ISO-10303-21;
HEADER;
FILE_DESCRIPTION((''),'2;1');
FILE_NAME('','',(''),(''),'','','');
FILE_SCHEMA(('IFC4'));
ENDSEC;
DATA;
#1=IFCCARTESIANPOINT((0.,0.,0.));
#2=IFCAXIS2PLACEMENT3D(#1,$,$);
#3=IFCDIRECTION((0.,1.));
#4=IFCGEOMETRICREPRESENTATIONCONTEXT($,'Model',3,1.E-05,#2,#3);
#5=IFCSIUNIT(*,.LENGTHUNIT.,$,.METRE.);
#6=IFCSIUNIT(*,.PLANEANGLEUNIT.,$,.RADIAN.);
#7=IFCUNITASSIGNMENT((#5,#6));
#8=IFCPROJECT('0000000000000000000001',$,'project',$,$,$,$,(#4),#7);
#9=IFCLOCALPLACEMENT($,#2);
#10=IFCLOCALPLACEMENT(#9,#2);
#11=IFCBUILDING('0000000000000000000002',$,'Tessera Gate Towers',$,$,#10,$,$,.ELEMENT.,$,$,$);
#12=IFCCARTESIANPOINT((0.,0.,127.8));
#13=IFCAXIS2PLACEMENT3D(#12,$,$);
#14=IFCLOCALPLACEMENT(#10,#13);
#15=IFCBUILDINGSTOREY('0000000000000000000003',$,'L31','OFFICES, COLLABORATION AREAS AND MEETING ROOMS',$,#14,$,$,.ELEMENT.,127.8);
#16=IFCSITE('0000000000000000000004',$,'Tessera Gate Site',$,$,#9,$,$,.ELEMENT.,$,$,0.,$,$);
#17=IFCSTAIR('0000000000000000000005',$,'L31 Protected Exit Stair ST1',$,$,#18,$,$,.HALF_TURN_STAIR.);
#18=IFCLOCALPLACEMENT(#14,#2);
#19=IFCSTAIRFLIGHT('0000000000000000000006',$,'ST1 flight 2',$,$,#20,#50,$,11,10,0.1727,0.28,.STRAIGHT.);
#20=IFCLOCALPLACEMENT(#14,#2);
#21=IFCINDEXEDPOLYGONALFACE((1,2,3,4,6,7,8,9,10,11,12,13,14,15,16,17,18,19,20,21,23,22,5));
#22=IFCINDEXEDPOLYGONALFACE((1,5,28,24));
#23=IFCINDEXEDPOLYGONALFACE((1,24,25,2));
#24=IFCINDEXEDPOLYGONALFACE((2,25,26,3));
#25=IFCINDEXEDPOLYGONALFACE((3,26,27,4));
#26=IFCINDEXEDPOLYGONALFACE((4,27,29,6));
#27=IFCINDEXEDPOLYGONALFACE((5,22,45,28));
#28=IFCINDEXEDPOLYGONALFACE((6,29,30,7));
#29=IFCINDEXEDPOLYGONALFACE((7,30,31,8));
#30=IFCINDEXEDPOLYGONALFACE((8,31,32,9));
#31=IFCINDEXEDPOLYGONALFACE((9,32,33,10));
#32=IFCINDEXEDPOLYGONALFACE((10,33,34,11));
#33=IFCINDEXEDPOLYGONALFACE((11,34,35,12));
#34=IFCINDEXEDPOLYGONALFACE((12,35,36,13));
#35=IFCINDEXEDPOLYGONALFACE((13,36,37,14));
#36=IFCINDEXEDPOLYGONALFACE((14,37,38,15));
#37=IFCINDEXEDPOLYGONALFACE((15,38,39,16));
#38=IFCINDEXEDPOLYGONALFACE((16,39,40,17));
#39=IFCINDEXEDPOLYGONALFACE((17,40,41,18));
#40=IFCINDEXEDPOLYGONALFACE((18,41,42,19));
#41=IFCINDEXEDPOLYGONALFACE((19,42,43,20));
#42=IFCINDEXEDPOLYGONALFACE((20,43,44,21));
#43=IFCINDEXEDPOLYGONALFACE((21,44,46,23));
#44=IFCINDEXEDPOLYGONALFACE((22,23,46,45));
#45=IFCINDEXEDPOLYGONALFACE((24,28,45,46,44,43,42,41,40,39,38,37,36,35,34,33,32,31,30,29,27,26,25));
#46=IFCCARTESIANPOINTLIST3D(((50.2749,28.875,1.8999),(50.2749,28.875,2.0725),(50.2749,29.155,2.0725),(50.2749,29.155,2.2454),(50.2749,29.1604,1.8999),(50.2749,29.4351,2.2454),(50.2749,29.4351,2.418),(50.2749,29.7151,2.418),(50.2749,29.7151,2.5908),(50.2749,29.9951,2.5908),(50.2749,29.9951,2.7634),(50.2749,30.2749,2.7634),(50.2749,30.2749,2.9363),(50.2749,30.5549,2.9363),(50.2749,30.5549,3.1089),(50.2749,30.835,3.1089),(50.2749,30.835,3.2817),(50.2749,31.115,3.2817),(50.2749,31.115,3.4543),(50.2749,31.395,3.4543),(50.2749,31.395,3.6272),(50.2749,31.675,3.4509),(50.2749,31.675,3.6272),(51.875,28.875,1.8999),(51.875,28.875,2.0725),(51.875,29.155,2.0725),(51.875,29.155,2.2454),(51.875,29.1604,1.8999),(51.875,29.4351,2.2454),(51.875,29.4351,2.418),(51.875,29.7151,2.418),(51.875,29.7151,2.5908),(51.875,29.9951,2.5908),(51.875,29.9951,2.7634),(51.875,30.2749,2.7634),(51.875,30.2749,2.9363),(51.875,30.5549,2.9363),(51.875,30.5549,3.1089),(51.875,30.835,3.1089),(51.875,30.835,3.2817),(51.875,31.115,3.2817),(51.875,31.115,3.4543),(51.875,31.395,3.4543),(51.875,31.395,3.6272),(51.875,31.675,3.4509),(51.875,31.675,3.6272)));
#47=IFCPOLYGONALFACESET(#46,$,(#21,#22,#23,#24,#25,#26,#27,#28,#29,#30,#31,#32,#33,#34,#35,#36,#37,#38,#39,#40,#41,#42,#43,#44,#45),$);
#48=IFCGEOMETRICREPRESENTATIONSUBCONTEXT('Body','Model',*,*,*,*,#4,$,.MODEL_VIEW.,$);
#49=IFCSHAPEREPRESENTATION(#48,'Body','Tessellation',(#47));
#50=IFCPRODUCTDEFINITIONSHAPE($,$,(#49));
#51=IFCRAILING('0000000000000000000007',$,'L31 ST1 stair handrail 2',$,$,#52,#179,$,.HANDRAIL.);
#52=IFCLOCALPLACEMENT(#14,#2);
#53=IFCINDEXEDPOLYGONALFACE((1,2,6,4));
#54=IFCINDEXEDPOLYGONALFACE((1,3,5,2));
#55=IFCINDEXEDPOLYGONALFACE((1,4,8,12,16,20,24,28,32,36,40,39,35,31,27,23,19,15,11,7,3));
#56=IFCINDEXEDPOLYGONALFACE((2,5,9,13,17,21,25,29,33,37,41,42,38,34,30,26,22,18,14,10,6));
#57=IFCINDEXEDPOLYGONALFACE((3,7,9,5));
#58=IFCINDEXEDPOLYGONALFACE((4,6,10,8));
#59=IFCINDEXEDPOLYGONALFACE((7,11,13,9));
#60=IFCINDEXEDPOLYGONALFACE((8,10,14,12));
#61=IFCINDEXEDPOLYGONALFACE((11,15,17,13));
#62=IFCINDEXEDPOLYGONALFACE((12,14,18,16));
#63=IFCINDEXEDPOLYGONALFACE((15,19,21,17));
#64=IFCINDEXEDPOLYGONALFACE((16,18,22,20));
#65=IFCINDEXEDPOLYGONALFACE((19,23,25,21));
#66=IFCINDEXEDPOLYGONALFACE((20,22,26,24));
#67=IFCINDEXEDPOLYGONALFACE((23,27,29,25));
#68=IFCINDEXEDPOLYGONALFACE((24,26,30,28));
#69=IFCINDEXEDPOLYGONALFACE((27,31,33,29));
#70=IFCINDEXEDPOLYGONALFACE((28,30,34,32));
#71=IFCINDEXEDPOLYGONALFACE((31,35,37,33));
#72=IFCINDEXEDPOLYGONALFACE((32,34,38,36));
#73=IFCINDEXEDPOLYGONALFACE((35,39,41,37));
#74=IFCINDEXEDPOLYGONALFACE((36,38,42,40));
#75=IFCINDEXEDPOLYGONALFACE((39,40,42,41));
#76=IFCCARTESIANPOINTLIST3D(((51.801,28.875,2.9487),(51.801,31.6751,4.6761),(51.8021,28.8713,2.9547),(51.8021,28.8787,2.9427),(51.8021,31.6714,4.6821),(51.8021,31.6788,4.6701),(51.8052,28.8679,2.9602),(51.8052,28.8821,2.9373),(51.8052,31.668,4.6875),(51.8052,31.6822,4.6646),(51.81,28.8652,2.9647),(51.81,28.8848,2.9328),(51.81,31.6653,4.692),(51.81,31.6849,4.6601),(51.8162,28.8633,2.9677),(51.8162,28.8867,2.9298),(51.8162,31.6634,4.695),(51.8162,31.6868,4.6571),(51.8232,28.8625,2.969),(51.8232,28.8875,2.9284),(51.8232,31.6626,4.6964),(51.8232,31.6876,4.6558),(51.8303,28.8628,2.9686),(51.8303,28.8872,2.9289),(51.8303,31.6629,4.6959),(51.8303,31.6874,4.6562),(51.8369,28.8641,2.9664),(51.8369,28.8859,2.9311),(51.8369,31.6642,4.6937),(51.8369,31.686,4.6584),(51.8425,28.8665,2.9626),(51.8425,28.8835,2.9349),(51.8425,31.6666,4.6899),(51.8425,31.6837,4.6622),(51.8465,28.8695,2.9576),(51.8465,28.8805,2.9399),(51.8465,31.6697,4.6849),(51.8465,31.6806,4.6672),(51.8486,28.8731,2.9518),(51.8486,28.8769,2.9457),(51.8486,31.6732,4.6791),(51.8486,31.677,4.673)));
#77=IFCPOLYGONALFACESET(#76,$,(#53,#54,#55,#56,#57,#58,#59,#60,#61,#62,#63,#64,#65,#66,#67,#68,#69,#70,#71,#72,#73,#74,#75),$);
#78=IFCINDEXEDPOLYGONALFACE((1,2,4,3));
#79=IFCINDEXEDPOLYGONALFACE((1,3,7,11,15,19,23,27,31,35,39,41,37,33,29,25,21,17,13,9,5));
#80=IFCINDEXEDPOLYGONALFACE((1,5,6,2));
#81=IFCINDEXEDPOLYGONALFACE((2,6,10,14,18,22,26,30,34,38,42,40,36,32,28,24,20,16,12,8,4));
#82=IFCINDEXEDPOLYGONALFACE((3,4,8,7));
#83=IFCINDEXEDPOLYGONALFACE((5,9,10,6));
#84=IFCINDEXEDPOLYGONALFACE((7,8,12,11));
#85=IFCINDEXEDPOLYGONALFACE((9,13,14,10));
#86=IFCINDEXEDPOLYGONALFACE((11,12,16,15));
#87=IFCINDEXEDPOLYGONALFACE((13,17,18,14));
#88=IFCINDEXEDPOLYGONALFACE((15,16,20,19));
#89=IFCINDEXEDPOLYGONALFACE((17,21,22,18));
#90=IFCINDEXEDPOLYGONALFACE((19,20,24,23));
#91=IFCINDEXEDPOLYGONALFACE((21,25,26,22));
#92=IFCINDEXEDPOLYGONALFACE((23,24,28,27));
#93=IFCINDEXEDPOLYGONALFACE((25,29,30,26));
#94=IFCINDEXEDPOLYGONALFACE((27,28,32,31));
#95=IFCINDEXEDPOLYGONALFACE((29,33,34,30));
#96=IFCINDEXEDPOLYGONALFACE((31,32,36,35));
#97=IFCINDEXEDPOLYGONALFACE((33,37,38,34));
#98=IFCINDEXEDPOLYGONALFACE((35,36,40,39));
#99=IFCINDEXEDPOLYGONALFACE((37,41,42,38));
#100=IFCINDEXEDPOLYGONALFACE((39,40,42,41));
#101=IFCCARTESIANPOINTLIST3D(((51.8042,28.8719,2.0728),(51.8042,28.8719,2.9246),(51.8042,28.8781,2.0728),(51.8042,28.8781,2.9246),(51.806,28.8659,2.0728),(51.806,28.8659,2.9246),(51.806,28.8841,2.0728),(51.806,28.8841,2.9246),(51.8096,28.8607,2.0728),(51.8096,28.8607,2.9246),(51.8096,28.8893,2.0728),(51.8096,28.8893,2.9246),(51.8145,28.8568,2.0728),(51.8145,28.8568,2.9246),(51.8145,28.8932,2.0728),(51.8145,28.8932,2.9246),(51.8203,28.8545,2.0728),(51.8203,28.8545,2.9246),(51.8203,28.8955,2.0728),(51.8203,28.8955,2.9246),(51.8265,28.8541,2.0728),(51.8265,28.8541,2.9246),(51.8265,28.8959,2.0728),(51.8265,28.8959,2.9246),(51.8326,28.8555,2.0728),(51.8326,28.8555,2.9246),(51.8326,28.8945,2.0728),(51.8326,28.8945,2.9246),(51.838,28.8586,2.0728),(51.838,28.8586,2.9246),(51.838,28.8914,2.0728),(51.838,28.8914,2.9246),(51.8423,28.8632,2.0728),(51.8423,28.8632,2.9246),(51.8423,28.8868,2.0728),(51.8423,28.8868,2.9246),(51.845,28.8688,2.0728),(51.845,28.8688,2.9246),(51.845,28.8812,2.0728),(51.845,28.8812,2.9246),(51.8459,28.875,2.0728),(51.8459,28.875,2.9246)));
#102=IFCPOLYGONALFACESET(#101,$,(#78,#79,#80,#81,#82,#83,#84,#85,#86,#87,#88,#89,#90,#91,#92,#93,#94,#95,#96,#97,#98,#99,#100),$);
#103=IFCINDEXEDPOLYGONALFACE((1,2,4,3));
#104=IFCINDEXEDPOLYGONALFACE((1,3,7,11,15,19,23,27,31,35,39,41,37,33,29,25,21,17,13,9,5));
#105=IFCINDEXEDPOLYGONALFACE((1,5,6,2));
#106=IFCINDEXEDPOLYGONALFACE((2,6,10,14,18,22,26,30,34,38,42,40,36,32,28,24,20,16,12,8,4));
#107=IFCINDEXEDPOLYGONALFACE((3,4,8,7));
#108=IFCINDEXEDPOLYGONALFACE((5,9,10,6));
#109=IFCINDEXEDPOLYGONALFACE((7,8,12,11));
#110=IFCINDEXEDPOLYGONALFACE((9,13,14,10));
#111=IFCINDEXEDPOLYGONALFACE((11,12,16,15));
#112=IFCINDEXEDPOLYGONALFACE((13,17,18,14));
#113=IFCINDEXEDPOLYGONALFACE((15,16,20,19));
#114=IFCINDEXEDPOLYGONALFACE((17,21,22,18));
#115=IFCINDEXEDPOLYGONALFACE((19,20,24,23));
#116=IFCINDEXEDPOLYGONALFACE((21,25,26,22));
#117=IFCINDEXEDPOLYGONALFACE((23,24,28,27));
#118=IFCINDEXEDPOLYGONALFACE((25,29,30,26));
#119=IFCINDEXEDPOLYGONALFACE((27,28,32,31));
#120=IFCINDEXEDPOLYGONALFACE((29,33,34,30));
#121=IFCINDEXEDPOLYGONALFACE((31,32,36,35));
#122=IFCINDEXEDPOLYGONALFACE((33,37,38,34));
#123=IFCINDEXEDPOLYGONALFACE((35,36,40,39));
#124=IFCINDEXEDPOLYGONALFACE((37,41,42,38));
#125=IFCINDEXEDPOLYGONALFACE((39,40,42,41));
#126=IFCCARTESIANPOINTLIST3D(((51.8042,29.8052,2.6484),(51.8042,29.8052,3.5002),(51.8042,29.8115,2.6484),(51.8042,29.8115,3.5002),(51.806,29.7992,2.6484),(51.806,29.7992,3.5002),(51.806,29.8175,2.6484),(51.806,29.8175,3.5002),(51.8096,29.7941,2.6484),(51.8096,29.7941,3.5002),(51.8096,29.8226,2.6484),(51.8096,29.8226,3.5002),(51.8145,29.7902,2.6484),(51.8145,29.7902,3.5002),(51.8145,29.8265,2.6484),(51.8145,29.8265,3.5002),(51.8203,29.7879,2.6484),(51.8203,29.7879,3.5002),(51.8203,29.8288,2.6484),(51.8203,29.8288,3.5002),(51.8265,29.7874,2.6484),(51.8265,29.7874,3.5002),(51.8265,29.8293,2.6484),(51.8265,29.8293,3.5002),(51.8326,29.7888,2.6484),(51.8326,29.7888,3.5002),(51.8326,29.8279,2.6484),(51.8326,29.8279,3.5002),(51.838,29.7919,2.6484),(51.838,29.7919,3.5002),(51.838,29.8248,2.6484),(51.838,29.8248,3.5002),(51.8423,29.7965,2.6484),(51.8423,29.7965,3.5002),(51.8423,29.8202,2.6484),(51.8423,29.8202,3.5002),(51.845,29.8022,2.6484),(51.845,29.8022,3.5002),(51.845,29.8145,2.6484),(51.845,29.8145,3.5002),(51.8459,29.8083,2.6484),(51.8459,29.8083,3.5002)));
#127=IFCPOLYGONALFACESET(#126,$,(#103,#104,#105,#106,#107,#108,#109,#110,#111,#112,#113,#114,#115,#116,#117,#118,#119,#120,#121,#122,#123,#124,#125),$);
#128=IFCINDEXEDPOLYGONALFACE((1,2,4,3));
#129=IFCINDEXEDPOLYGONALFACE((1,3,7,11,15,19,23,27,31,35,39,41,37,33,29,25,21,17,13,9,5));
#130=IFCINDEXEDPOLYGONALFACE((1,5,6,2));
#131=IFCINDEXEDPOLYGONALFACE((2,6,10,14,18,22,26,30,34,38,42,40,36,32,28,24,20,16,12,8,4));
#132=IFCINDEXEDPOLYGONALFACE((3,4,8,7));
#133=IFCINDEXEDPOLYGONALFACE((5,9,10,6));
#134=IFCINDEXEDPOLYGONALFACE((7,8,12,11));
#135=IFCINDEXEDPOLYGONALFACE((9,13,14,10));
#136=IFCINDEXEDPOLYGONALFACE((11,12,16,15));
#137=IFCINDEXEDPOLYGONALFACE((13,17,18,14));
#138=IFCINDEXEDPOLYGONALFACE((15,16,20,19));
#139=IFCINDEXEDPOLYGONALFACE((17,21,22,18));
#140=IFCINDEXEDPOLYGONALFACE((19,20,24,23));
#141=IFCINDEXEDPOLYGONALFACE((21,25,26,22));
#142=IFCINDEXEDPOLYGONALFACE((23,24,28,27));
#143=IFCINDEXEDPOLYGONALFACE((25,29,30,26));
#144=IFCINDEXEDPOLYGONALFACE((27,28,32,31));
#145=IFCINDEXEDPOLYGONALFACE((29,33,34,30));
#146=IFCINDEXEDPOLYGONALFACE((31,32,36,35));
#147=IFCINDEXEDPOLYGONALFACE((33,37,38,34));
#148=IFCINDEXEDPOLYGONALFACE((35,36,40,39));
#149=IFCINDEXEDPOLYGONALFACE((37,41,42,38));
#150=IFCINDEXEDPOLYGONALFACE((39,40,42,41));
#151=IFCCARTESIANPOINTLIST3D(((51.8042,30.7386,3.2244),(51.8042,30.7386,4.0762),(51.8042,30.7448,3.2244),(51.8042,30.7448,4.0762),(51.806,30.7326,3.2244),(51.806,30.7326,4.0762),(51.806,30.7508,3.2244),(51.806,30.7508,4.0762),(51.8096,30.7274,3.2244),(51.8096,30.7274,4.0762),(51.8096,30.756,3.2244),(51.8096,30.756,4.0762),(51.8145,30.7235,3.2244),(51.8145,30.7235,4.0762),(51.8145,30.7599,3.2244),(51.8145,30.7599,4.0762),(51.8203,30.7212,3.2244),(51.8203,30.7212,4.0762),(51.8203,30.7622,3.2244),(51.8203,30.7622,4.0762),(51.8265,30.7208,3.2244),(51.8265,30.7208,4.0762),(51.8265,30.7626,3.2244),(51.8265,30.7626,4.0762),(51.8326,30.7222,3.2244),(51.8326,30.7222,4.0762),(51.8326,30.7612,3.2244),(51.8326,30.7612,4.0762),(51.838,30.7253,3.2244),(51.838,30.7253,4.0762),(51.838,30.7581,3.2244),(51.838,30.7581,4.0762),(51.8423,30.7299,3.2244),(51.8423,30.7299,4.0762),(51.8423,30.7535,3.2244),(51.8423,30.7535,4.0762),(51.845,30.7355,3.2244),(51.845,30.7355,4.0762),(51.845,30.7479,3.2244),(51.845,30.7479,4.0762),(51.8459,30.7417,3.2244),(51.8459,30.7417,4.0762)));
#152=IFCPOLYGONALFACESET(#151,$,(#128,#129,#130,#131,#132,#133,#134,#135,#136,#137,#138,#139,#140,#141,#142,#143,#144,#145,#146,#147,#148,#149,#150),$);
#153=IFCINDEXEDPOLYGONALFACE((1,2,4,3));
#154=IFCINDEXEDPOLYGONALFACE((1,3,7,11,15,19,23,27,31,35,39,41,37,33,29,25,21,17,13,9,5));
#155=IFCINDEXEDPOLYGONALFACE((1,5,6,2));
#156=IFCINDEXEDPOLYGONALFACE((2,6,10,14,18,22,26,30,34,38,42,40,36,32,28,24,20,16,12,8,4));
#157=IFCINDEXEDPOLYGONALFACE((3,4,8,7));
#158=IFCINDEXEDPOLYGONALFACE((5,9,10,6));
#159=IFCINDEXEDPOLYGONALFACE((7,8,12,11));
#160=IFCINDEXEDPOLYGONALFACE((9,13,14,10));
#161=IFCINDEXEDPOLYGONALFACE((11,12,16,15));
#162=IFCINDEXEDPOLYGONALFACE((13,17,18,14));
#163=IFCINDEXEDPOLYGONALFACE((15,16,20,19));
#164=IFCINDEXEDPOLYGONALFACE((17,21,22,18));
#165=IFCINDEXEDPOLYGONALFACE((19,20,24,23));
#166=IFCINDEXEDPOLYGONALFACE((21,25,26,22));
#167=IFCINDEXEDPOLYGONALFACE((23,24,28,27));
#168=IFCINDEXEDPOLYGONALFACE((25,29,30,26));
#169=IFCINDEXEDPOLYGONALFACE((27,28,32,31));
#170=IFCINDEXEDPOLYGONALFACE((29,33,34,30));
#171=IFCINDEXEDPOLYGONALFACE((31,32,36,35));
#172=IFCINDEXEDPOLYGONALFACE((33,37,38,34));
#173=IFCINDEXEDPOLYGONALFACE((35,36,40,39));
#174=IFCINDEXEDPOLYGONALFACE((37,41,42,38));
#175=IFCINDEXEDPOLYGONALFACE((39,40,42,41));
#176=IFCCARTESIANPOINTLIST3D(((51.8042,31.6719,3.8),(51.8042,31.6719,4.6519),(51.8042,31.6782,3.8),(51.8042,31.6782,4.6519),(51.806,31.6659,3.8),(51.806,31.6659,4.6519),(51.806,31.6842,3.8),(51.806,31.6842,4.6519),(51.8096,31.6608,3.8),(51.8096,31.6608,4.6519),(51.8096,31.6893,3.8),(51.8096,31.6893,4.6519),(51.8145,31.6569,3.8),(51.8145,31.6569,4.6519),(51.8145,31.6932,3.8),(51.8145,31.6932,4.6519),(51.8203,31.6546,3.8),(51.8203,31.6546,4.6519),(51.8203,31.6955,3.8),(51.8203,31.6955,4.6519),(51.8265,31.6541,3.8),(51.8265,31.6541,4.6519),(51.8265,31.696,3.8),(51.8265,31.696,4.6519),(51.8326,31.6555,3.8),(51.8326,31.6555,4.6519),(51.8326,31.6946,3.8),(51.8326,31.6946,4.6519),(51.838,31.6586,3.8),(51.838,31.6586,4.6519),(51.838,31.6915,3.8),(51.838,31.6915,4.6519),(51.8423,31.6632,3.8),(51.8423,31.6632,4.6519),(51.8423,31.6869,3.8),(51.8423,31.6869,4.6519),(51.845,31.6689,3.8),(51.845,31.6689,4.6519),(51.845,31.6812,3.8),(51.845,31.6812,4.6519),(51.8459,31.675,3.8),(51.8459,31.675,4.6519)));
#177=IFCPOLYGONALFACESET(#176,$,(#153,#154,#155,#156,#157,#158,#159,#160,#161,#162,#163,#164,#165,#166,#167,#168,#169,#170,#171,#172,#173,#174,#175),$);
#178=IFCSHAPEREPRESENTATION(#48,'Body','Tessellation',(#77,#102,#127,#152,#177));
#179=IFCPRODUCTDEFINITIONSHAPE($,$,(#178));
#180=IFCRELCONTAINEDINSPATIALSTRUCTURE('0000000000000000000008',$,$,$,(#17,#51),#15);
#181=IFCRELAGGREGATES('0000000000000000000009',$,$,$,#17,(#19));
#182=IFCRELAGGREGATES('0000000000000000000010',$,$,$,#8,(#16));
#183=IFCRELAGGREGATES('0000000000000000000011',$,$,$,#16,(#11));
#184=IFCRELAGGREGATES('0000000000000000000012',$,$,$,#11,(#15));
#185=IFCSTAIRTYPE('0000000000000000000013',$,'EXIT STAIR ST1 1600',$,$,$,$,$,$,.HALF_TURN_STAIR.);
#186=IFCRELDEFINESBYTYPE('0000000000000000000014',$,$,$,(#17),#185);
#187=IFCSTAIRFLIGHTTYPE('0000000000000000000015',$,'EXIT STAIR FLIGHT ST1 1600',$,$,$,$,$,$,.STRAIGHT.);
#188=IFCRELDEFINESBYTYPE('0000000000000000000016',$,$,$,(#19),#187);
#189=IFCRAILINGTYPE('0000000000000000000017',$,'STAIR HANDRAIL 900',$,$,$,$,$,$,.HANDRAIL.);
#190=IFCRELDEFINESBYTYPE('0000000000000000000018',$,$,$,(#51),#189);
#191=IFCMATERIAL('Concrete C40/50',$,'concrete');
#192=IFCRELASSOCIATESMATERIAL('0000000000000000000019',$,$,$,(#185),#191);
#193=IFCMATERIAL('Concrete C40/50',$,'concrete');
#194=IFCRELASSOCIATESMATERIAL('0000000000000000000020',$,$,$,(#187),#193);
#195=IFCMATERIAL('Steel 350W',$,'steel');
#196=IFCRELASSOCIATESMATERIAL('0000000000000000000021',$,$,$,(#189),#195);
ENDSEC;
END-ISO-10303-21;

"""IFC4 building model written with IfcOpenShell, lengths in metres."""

from ifc_helpers import new_model, si_unit, direction, frame, origin, origin_2d, place, context, subcontext, project, spatial, polyline, circle, outline, extrude, material, type_object, element, aggregate, save


model = new_model("IFC4")

# Units and contexts
model_context = context("Model", 3, precision=1e-05, world=origin(), true_north=direction((0.0, 1.0)))
body_context = subcontext(model_context, "Body", "Model", "MODEL_VIEW")
ifc_project = project(units=[si_unit("LENGTHUNIT", "METRE"), si_unit("PLANEANGLEUNIT", "RADIAN")], contexts=[model_context])

# Site, building, storey
site_placement = place(None, origin())
site = spatial("IfcSite", under=ifc_project, at=site_placement, Name="Tessera Gate Site", CompositionType="ELEMENT", RefElevation=0.0)
building_placement = place(site_placement, origin())
building = spatial("IfcBuilding", under=site, at=building_placement, Name="Tessera Gate Towers", CompositionType="ELEMENT")
storey_placement = place(building_placement, frame((0.0, 0.0, 127.8)))
storey = spatial("IfcBuildingStorey", under=building, at=storey_placement, Name="L31", Description="OFFICES, COLLABORATION AREAS AND MEETING ROOMS", CompositionType="ELEMENT", Elevation=127.8)

# Stair, stair flight
ifc_material_1 = material(Name="Concrete C40/50", Category="concrete")
stair_type = type_object("IfcStairType", Name="EXIT STAIR ST1 1600", PredefinedType="HALF_TURN_STAIR", material=ifc_material_1)
stair_placement = place(storey_placement, origin())
stair = element("IfcStair", 1, at=stair_placement, inside=storey, type_object=stair_type, Name="L31 Protected Exit Stair ST1", PredefinedType="HALF_TURN_STAIR")
ifc_material_2 = material(Name="Concrete C40/50", Category="concrete")
stair_flight_type = type_object("IfcStairFlightType", Name="EXIT STAIR FLIGHT ST1 1600", PredefinedType="STRAIGHT", material=ifc_material_2)
stair_flight_placement = place(storey_placement, frame((51.075, 28.875, 1.8999), z_axis=(0.0, 0.0, 1.0), x_axis=(0.0, 1.0, 0.0)))
stair_flight = element("IfcStairFlight", 2, at=stair_flight_placement, type_object=stair_flight_type, Name="ST1 flight 2", NumberOfRisers=11, NumberOfTreads=10, PredefinedType="STRAIGHT", RiserHeight=0.1727, TreadLength=0.28, context=body_context, shape_type="SweptSolid", body=[
    extrude(outline(polyline([(0.0, 0.0), (0.0, 0.1726), (0.28, 0.1726), (0.28, 0.3455), (0.5601, 0.3455), (0.5601, 0.5181), (0.8401, 0.5181), (0.8401, 0.6909), (1.1201, 0.6909), (1.1201, 0.8635), (1.3999, 0.8635), (1.3999, 1.0364), (1.6799, 1.0364), (1.6799, 1.209), (1.96, 1.209), (1.96, 1.3818), (2.24, 1.3818), (2.24, 1.5544), (2.52, 1.5544), (2.52, 1.7273), (2.8, 1.7273), (2.8, 1.8999), (2.8, 1.551), (0.2854, 0.0), (0.0, 0.0)])), frame((0.0, 0.8, 0.0), z_axis=(0.0, -1.0, 0.0), x_axis=(1.0, 0.0, 0.0)), (0.0, 0.0, 1.0), 1.6001),
])
aggregate(stair, [stair_flight])

# Railing
ifc_material_3 = material(Name="Steel 350W", Category="steel")
railing_type = type_object("IfcRailingType", Name="STAIR HANDRAIL 900", PredefinedType="HANDRAIL", material=ifc_material_3)
railing_placement = place(storey_placement, frame((51.825, 28.875, 2.0728)))
element("IfcRailing", 3, at=railing_placement, inside=storey, type_object=railing_type, Name="L31 ST1 stair handrail 2", PredefinedType="HANDRAIL", context=body_context, shape_type="SweptSolid", body=[
    extrude(circle(Radius=0.0239, at=origin_2d()), frame((0.0, 0.0, 0.876), z_axis=(0.0, 0.85109, 0.52502), x_axis=(-1.0, 0.0, 0.0)), (0.0, 0.0, 1.0), 3.29),
    extrude(circle(Radius=0.021, at=origin_2d()), origin(), (0.0, 0.0, 1.0), 0.8518),
    extrude(circle(Radius=0.021, at=origin_2d()), frame((0.0, 0.9333, 0.5757)), (0.0, 0.0, 1.0), 0.8518),
    extrude(circle(Radius=0.021, at=origin_2d()), frame((0.0, 1.8667, 1.1516)), (0.0, 0.0, 1.0), 0.8518),
    extrude(circle(Radius=0.021, at=origin_2d()), frame((0.0, 2.8, 1.7273)), (0.0, 0.0, 1.0), 0.8518),
])

save(model, "model.ifc")
